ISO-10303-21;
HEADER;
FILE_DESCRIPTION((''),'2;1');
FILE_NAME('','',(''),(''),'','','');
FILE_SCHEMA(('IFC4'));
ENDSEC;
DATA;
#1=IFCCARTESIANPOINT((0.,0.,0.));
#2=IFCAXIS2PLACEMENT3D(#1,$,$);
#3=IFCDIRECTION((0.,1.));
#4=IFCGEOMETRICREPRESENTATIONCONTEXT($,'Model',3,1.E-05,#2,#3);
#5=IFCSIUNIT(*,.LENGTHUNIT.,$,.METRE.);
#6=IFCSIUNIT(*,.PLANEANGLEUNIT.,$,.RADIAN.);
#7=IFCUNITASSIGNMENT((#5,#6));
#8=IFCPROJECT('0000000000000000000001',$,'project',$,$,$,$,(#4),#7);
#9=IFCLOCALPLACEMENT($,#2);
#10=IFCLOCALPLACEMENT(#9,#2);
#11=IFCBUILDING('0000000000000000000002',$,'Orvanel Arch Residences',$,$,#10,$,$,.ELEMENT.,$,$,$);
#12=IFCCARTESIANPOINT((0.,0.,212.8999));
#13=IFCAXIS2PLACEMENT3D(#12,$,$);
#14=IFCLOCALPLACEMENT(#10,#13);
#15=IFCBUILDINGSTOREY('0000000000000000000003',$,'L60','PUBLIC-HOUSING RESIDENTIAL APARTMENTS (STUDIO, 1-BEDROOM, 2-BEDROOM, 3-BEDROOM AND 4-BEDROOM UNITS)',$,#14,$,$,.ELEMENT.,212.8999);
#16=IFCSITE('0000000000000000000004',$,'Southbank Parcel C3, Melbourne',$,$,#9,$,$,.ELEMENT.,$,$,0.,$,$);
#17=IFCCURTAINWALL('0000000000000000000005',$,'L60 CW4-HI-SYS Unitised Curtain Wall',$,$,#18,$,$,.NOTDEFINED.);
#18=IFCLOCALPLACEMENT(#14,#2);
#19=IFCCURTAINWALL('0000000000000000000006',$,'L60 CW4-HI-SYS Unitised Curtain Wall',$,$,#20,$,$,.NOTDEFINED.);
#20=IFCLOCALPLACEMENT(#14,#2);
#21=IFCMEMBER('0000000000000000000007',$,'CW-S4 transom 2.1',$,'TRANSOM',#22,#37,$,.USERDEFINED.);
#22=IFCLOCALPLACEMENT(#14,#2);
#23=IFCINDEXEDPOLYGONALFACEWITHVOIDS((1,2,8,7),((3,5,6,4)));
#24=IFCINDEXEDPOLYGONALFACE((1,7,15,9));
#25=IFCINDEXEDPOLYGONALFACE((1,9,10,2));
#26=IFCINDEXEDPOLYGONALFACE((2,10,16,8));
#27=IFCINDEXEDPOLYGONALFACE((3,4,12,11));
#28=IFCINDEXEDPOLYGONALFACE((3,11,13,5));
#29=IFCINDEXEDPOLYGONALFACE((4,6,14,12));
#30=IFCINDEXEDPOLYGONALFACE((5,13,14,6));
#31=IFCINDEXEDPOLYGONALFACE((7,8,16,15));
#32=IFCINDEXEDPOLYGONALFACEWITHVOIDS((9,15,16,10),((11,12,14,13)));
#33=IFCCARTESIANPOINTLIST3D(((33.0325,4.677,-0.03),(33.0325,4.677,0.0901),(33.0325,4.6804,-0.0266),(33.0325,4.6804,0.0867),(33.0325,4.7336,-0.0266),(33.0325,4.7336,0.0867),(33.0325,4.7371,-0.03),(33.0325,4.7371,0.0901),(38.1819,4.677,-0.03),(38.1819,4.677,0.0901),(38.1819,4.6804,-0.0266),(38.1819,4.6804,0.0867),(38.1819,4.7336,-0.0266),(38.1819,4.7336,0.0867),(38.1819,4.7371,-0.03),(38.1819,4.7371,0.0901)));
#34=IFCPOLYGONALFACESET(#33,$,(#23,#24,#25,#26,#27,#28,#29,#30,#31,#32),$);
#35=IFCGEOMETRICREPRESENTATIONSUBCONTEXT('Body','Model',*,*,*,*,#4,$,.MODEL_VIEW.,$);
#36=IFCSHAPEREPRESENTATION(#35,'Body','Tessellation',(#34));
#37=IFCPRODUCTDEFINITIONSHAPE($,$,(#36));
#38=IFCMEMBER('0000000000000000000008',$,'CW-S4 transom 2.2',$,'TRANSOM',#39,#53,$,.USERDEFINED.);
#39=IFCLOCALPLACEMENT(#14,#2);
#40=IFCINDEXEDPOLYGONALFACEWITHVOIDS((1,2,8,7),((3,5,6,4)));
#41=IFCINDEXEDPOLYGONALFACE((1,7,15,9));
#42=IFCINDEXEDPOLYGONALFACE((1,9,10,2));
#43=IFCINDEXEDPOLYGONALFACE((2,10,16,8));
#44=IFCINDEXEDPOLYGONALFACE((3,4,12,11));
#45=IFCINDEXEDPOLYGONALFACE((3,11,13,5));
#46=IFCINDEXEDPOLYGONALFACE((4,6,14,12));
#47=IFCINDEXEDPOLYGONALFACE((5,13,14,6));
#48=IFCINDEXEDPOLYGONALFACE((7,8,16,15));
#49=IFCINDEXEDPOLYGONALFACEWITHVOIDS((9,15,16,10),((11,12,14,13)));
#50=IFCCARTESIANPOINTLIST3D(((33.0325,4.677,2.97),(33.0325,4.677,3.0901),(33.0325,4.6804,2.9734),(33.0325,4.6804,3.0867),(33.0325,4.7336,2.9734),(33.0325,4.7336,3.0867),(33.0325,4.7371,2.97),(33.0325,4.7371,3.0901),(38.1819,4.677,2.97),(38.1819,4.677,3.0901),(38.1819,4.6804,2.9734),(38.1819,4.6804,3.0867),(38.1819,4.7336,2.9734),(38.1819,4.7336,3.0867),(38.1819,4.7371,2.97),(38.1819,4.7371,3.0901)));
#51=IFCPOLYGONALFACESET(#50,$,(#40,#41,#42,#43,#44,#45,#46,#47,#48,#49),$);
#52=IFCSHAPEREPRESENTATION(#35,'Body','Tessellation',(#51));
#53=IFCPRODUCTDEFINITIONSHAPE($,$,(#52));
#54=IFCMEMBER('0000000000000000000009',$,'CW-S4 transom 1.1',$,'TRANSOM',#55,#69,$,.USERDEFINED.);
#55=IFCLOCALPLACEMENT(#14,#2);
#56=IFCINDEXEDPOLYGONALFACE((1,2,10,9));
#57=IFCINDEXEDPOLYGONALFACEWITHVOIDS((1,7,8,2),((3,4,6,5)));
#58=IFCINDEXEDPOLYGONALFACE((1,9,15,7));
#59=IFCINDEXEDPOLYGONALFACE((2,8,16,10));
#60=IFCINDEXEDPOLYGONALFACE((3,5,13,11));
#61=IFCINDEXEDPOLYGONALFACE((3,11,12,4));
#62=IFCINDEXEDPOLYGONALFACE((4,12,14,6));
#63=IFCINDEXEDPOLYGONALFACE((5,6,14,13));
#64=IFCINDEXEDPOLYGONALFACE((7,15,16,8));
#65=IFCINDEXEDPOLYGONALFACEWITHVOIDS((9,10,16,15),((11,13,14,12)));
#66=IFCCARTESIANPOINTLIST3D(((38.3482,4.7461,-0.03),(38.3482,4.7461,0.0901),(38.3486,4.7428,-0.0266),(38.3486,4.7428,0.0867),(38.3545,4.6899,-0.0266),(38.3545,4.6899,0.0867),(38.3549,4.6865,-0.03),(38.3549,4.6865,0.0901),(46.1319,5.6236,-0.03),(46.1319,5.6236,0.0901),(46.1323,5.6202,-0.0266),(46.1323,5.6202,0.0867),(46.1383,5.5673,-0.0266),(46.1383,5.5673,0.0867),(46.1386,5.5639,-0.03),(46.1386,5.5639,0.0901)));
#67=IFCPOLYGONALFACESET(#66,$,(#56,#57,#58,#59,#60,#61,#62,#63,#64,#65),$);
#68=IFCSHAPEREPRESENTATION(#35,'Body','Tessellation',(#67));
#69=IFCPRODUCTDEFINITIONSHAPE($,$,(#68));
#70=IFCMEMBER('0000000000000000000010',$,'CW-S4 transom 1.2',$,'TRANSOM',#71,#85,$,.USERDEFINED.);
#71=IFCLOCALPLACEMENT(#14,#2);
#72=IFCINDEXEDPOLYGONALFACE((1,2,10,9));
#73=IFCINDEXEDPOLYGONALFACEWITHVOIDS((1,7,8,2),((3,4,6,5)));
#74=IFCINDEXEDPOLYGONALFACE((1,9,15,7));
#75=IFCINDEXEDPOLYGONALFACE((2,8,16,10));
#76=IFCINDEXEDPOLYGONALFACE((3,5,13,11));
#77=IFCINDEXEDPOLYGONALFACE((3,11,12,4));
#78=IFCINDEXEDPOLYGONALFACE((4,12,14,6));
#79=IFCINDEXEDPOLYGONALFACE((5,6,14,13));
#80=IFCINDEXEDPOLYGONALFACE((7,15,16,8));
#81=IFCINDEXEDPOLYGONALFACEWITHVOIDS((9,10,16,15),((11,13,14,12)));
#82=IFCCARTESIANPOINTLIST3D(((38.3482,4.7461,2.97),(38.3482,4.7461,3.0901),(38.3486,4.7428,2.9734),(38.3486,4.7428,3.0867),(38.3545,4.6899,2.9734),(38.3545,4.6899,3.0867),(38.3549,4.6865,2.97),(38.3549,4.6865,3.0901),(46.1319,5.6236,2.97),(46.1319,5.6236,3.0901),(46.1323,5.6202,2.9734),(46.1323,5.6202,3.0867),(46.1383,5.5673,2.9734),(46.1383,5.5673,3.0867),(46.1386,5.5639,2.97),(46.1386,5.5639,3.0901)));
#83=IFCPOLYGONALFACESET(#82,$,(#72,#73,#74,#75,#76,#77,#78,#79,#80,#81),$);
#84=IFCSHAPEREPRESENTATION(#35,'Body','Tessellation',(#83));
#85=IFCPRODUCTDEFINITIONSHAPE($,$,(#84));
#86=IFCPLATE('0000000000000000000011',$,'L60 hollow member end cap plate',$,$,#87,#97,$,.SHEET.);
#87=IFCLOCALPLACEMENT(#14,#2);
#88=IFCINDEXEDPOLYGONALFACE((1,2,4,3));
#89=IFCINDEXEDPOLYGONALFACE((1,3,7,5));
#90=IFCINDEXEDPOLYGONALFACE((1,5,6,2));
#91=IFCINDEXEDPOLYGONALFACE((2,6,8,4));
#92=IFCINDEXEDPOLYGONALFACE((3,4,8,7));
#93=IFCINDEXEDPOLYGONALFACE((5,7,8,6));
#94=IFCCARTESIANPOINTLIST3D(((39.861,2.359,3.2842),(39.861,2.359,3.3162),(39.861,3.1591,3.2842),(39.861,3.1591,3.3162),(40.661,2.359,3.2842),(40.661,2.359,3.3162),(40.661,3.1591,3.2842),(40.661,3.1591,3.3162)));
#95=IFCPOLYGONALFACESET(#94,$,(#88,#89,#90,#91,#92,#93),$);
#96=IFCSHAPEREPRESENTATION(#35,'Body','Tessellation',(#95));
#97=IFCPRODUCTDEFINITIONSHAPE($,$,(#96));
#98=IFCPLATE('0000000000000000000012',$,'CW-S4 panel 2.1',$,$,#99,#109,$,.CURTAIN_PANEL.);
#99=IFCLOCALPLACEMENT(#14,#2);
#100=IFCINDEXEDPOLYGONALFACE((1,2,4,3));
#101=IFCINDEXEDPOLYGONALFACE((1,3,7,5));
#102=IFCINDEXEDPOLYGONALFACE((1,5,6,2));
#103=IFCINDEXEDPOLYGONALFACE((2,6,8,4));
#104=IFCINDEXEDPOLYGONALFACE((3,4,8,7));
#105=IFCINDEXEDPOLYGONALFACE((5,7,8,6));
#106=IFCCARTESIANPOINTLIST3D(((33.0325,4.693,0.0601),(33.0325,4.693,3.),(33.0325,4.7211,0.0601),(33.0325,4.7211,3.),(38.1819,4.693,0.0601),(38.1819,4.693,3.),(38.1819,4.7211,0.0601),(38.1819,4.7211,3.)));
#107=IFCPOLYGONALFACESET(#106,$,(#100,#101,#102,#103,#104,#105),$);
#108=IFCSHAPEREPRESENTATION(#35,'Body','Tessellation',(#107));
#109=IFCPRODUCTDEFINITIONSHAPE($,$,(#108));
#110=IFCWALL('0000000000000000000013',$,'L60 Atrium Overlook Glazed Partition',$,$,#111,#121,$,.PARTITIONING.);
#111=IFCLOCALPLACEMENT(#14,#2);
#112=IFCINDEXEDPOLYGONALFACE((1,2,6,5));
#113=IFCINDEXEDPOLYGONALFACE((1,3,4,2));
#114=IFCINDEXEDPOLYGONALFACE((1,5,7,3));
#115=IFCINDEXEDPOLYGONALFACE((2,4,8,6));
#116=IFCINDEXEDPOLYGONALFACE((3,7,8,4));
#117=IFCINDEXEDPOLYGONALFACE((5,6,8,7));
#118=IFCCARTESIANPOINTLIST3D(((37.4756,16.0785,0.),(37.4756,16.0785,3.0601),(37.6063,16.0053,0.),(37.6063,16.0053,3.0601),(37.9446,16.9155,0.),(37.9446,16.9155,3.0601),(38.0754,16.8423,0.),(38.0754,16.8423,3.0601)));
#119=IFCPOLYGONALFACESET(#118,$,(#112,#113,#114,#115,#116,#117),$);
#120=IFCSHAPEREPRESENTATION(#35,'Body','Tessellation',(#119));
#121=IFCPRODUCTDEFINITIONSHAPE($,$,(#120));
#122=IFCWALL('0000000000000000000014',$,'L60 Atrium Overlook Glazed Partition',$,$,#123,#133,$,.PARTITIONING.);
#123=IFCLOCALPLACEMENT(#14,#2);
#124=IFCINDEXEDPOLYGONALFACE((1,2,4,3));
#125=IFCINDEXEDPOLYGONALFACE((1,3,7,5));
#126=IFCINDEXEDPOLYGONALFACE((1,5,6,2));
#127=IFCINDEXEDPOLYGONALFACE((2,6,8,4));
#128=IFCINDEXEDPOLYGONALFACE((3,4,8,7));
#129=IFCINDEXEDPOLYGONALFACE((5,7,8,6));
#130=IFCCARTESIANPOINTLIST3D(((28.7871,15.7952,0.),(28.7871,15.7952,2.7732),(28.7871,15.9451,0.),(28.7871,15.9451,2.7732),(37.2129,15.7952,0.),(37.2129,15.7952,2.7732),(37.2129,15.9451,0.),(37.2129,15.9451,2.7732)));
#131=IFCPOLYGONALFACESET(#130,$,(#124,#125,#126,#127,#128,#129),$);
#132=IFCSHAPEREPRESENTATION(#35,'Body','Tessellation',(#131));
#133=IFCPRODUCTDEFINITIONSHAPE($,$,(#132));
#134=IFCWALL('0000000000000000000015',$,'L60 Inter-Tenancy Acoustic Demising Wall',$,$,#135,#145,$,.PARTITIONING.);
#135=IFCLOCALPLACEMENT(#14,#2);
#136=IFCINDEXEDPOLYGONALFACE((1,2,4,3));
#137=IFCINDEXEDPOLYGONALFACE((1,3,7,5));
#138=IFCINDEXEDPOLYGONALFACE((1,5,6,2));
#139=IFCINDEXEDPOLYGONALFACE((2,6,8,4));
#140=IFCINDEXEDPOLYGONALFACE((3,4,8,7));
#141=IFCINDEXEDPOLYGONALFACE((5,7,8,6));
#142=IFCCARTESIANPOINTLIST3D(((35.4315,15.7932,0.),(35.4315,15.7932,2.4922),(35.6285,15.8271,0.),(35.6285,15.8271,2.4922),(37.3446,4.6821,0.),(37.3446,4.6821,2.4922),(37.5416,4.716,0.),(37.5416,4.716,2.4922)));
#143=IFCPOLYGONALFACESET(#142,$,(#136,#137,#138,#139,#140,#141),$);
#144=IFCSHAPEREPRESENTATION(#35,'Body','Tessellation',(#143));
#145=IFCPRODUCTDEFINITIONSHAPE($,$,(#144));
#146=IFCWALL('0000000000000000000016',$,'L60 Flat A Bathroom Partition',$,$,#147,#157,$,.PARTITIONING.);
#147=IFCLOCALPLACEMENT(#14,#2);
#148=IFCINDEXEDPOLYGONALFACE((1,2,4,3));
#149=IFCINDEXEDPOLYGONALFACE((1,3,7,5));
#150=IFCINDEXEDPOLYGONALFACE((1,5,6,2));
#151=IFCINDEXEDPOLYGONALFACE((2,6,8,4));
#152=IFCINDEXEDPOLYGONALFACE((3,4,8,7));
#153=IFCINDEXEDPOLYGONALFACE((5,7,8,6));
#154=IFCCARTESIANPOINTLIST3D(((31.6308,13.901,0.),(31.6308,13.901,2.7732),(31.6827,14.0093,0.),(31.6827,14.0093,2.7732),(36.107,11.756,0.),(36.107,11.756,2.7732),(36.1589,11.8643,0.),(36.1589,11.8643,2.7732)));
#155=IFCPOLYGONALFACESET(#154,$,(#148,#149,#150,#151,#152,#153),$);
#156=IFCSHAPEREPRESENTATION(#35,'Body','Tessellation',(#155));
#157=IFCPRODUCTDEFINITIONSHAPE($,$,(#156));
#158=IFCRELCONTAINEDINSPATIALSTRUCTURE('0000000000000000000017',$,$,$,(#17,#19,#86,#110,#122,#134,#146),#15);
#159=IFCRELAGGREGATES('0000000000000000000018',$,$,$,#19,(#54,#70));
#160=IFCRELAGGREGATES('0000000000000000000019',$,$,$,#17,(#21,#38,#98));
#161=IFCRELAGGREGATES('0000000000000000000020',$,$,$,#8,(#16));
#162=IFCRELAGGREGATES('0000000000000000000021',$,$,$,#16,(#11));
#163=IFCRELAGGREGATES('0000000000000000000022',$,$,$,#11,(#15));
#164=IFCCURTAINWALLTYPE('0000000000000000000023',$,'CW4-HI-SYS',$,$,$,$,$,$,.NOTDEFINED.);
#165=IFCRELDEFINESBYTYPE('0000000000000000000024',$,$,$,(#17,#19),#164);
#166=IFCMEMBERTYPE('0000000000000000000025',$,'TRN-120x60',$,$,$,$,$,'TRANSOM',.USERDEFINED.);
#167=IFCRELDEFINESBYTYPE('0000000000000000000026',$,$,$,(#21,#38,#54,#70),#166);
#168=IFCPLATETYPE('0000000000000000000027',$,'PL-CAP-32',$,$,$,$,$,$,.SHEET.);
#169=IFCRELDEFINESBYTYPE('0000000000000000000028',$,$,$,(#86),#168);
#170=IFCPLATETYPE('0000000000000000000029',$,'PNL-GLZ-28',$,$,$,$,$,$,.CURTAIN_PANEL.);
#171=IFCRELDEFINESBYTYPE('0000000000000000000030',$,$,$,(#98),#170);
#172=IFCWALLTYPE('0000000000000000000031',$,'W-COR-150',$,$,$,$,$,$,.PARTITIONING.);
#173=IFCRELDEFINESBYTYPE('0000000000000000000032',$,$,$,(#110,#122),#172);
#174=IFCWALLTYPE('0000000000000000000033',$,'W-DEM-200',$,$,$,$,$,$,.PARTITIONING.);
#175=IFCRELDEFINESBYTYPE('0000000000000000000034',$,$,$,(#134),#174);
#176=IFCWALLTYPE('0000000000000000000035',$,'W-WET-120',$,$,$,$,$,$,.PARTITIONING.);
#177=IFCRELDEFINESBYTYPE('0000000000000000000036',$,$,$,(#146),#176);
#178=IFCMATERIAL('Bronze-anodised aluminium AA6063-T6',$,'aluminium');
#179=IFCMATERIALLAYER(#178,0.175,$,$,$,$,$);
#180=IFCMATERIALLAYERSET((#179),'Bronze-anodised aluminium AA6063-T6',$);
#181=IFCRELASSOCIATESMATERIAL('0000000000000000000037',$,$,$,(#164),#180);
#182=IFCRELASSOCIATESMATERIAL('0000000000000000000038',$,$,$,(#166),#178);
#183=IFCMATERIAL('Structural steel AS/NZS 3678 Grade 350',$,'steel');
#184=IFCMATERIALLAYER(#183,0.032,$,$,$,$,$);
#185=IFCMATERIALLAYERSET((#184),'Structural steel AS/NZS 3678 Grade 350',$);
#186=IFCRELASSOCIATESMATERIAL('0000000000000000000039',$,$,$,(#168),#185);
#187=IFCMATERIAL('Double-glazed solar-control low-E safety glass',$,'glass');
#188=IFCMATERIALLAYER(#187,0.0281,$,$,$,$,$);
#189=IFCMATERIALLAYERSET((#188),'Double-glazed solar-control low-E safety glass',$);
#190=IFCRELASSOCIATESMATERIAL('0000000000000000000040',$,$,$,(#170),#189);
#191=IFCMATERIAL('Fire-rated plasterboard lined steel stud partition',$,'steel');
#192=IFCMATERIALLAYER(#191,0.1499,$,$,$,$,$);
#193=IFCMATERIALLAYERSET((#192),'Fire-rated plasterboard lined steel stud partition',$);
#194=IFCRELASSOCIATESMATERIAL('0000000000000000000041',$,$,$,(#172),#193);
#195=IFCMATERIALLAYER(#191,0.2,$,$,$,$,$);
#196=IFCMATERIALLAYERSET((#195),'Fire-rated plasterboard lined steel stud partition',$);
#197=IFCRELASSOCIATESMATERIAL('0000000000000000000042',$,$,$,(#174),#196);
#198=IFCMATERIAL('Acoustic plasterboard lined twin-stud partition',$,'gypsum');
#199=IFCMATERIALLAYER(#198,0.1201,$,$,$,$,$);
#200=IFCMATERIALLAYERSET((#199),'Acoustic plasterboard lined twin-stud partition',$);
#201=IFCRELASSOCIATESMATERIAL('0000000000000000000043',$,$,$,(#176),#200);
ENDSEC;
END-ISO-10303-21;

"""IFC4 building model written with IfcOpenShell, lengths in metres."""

from ifc_helpers import new_model, si_unit, direction, frame, frame_2d, origin, origin_2d, place, context, subcontext, project, spatial, rectangle, hollow_rectangle, extrude, material, layer, layer_set, material_profile, profile_set, type_object, element, aggregate, save


model = new_model("IFC4")

# Units and contexts
model_context = context("Model", 3, precision=1e-05, world=origin(), true_north=direction((0.0, 1.0)))
body_context = subcontext(model_context, "Body", "Model", "MODEL_VIEW")
ifc_project = project(units=[si_unit("LENGTHUNIT", "METRE"), si_unit("PLANEANGLEUNIT", "RADIAN")], contexts=[model_context])

# Site, building, storey
site_placement = place(None, origin())
site = spatial("IfcSite", under=ifc_project, at=site_placement, Name="Southbank Parcel C3, Melbourne", CompositionType="ELEMENT", RefElevation=0.0)
building_placement = place(site_placement, origin())
building = spatial("IfcBuilding", under=site, at=building_placement, Name="Orvanel Arch Residences", CompositionType="ELEMENT")
storey_placement = place(building_placement, frame((0.0, 0.0, 212.8999)))
storey = spatial("IfcBuildingStorey", under=building, at=storey_placement, Name="L60", Description="PUBLIC-HOUSING RESIDENTIAL APARTMENTS (STUDIO, 1-BEDROOM, 2-BEDROOM, 3-BEDROOM AND 4-BEDROOM UNITS)", CompositionType="ELEMENT", Elevation=212.8999)

# Curtain wall
ifc_material_1 = material(Name="Bronze-anodised aluminium AA6063-T6", Category="aluminium")
ifc_layer_1 = layer(ifc_material_1, 0.175)
ifc_layer_set_1 = layer_set([ifc_layer_1], Name="Bronze-anodised aluminium AA6063-T6")
curtain_wall_type = type_object("IfcCurtainWallType", Name="CW4-HI-SYS", PredefinedType="NOTDEFINED", material=ifc_layer_set_1)
curtain_wall_1_placement = place(storey_placement, origin())
curtain_wall_1 = element("IfcCurtainWall", 1, at=curtain_wall_1_placement, inside=storey, type_object=curtain_wall_type, Name="L60 CW4-HI-SYS Unitised Curtain Wall", PredefinedType="NOTDEFINED")

# Curtain wall
curtain_wall_2_placement = place(storey_placement, origin())
curtain_wall_2 = element("IfcCurtainWall", 2, at=curtain_wall_2_placement, inside=storey, type_object=curtain_wall_type, Name="L60 CW4-HI-SYS Unitised Curtain Wall", PredefinedType="NOTDEFINED")

# Members
ifc_material_profile_1 = material_profile(ifc_material_1, hollow_rectangle(XDim=0.0601, YDim=0.1201, WallThickness=0.0034, at=origin_2d()), Name="ALU120x60x3.5")
ifc_profile_set_1 = profile_set([ifc_material_profile_1], Name="Bronze-anodised aluminium AA6063-T6")
member_type_1 = type_object("IfcMemberType", Name="TRN-120x60", ElementType="TRANSOM", PredefinedType="USERDEFINED", material=ifc_profile_set_1)
member_1_placement = place(storey_placement, frame((33.0325, 4.707, 0.03), z_axis=(1.0, 0.0, 0.0), x_axis=(0.0, 1.0, 0.0)))
member_1 = element("IfcMember", 3, at=member_1_placement, type_object=member_type_1, Name="CW-S4 transom 2.1", ObjectType="TRANSOM", PredefinedType="USERDEFINED", context=body_context, shape_type="SweptSolid", body=[
    extrude(hollow_rectangle(XDim=0.0601, YDim=0.1201, WallThickness=0.0034, at=origin_2d()), origin(), (0.0, 0.0, 1.0), 5.1494),
])
member_2_placement = place(storey_placement, frame((33.0325, 4.707, 3.03), z_axis=(1.0, 0.0, 0.0), x_axis=(0.0, 1.0, 0.0)))
member_2 = element("IfcMember", 4, at=member_2_placement, type_object=member_type_1, Name="CW-S4 transom 2.2", ObjectType="TRANSOM", PredefinedType="USERDEFINED", context=body_context, shape_type="SweptSolid", body=[
    extrude(hollow_rectangle(XDim=0.0601, YDim=0.1201, WallThickness=0.0034, at=origin_2d()), origin(), (0.0, 0.0, 1.0), 5.1494),
])
member_3_placement = place(storey_placement, frame((38.3516, 4.7163, 0.03), z_axis=(0.993706, 0.112019, 0.0), x_axis=(-0.112019, 0.993706, 0.0)))
member_3 = element("IfcMember", 5, at=member_3_placement, type_object=member_type_1, Name="CW-S4 transom 1.1", ObjectType="TRANSOM", PredefinedType="USERDEFINED", context=body_context, shape_type="SweptSolid", body=[
    extrude(hollow_rectangle(XDim=0.0601, YDim=0.1201, WallThickness=0.0034, at=origin_2d()), origin(), (0.0, 0.0, 1.0), 7.833),
])
member_4_placement = place(storey_placement, frame((38.3516, 4.7163, 3.03), z_axis=(0.993706, 0.112019, 0.0), x_axis=(-0.112019, 0.993706, 0.0)))
member_4 = element("IfcMember", 6, at=member_4_placement, type_object=member_type_1, Name="CW-S4 transom 1.2", ObjectType="TRANSOM", PredefinedType="USERDEFINED", context=body_context, shape_type="SweptSolid", body=[
    extrude(hollow_rectangle(XDim=0.0601, YDim=0.1201, WallThickness=0.0034, at=origin_2d()), origin(), (0.0, 0.0, 1.0), 7.833),
])
aggregate(curtain_wall_2, [member_3, member_4])

# Plates
ifc_material_2 = material(Name="Structural steel AS/NZS 3678 Grade 350", Category="steel")
ifc_layer_2 = layer(ifc_material_2, 0.032)
ifc_layer_set_2 = layer_set([ifc_layer_2], Name="Structural steel AS/NZS 3678 Grade 350")
plate_type_1 = type_object("IfcPlateType", Name="PL-CAP-32", PredefinedType="SHEET", material=ifc_layer_set_2)
plate_1_placement = place(storey_placement, frame((40.261, 2.759, 3.2842), z_axis=(0.0, 0.0, 1.0), x_axis=(1.0, 0.0, 0.0)))
element("IfcPlate", 7, at=plate_1_placement, inside=storey, type_object=plate_type_1, Name="L60 hollow member end cap plate", PredefinedType="SHEET", context=body_context, shape_type="SweptSolid", body=[
    extrude(rectangle(XDim=0.8, YDim=0.8, at=origin_2d()), origin(), (0.0, 0.0, 1.0), 0.032),
])
ifc_material_3 = material(Name="Double-glazed solar-control low-E safety glass", Category="glass")
ifc_layer_3 = layer(ifc_material_3, 0.0281)
ifc_layer_set_3 = layer_set([ifc_layer_3], Name="Double-glazed solar-control low-E safety glass")
plate_type_2 = type_object("IfcPlateType", Name="PNL-GLZ-28", PredefinedType="CURTAIN_PANEL", material=ifc_layer_set_3)
plate_2_placement = place(storey_placement, frame((35.6072, 4.707, 0.0601), z_axis=(0.0, 0.0, 1.0), x_axis=(1.0, 0.0, 0.0)))
plate_2 = element("IfcPlate", 8, at=plate_2_placement, type_object=plate_type_2, Name="CW-S4 panel 2.1", PredefinedType="CURTAIN_PANEL", context=body_context, shape_type="SweptSolid", body=[
    extrude(rectangle(XDim=5.1494, YDim=0.0281, at=origin_2d()), origin(), (0.0, 0.0, 1.0), 2.9399),
])
aggregate(curtain_wall_1, [member_1, member_2, plate_2])

# Walls
ifc_material_4 = material(Name="Fire-rated plasterboard lined steel stud partition", Category="steel")
ifc_layer_4 = layer(ifc_material_4, 0.1499)
ifc_layer_set_4 = layer_set([ifc_layer_4], Name="Fire-rated plasterboard lined steel stud partition")
wall_type_1 = type_object("IfcWallType", Name="W-COR-150", PredefinedType="PARTITIONING", material=ifc_layer_set_4)
wall_1_placement = place(storey_placement, frame((38.01, 16.8789, 0.0), z_axis=(0.0, 0.0, 1.0), x_axis=(-0.488859, -0.872363, 0.0)))
element("IfcWall", 9, at=wall_1_placement, inside=storey, type_object=wall_type_1, Name="L60 Atrium Overlook Glazed Partition", PredefinedType="PARTITIONING", context=body_context, shape_type="SweptSolid", body=[
    extrude(rectangle(XDim=0.9595, YDim=0.1499, at=frame_2d((0.4797, 0.0))), origin(), (0.0, 0.0, 1.0), 3.0601),
])
wall_2_placement = place(storey_placement, frame((37.2129, 15.8701, 0.0), z_axis=(0.0, 0.0, 1.0), x_axis=(-1.0, 0.0, 0.0)))
element("IfcWall", 10, at=wall_2_placement, inside=storey, type_object=wall_type_1, Name="L60 Atrium Overlook Glazed Partition", PredefinedType="PARTITIONING", context=body_context, shape_type="SweptSolid", body=[
    extrude(rectangle(XDim=8.4258, YDim=0.1499, at=frame_2d((4.2129, 0.0))), origin(), (0.0, 0.0, 1.0), 2.7732),
])
ifc_layer_5 = layer(ifc_material_4, 0.2)
ifc_layer_set_5 = layer_set([ifc_layer_5], Name="Fire-rated plasterboard lined steel stud partition")
wall_type_2 = type_object("IfcWallType", Name="W-DEM-200", PredefinedType="PARTITIONING", material=ifc_layer_set_5)
wall_3_placement = place(storey_placement, frame((35.53, 15.8101, 0.0), z_axis=(0.0, 0.0, 1.0), x_axis=(0.169681, -0.985499, 0.0)))
element("IfcWall", 11, at=wall_3_placement, inside=storey, type_object=wall_type_2, Name="L60 Inter-Tenancy Acoustic Demising Wall", PredefinedType="PARTITIONING", context=body_context, shape_type="SweptSolid", body=[
    extrude(rectangle(XDim=11.2747, YDim=0.2, at=frame_2d((5.6372, 0.0))), origin(), (0.0, 0.0, 1.0), 2.4922),
])
ifc_material_5 = material(Name="Acoustic plasterboard lined twin-stud partition", Category="gypsum")
ifc_layer_6 = layer(ifc_material_5, 0.1201)
ifc_layer_set_6 = layer_set([ifc_layer_6], Name="Acoustic plasterboard lined twin-stud partition")
wall_type_3 = type_object("IfcWallType", Name="W-WET-120", PredefinedType="PARTITIONING", material=ifc_layer_set_6)
wall_4_placement = place(storey_placement, frame((36.1331, 11.8101, 0.0), z_axis=(0.0, 0.0, 1.0), x_axis=(-0.901798, 0.432159, 0.0)))
element("IfcWall", 12, at=wall_4_placement, inside=storey, type_object=wall_type_3, Name="L60 Flat A Bathroom Partition", PredefinedType="PARTITIONING", context=body_context, shape_type="SweptSolid", body=[
    extrude(rectangle(XDim=4.9636, YDim=0.1201, at=frame_2d((2.4819, 0.0))), origin(), (0.0, 0.0, 1.0), 2.7732),
])

save(model, "model.ifc")
